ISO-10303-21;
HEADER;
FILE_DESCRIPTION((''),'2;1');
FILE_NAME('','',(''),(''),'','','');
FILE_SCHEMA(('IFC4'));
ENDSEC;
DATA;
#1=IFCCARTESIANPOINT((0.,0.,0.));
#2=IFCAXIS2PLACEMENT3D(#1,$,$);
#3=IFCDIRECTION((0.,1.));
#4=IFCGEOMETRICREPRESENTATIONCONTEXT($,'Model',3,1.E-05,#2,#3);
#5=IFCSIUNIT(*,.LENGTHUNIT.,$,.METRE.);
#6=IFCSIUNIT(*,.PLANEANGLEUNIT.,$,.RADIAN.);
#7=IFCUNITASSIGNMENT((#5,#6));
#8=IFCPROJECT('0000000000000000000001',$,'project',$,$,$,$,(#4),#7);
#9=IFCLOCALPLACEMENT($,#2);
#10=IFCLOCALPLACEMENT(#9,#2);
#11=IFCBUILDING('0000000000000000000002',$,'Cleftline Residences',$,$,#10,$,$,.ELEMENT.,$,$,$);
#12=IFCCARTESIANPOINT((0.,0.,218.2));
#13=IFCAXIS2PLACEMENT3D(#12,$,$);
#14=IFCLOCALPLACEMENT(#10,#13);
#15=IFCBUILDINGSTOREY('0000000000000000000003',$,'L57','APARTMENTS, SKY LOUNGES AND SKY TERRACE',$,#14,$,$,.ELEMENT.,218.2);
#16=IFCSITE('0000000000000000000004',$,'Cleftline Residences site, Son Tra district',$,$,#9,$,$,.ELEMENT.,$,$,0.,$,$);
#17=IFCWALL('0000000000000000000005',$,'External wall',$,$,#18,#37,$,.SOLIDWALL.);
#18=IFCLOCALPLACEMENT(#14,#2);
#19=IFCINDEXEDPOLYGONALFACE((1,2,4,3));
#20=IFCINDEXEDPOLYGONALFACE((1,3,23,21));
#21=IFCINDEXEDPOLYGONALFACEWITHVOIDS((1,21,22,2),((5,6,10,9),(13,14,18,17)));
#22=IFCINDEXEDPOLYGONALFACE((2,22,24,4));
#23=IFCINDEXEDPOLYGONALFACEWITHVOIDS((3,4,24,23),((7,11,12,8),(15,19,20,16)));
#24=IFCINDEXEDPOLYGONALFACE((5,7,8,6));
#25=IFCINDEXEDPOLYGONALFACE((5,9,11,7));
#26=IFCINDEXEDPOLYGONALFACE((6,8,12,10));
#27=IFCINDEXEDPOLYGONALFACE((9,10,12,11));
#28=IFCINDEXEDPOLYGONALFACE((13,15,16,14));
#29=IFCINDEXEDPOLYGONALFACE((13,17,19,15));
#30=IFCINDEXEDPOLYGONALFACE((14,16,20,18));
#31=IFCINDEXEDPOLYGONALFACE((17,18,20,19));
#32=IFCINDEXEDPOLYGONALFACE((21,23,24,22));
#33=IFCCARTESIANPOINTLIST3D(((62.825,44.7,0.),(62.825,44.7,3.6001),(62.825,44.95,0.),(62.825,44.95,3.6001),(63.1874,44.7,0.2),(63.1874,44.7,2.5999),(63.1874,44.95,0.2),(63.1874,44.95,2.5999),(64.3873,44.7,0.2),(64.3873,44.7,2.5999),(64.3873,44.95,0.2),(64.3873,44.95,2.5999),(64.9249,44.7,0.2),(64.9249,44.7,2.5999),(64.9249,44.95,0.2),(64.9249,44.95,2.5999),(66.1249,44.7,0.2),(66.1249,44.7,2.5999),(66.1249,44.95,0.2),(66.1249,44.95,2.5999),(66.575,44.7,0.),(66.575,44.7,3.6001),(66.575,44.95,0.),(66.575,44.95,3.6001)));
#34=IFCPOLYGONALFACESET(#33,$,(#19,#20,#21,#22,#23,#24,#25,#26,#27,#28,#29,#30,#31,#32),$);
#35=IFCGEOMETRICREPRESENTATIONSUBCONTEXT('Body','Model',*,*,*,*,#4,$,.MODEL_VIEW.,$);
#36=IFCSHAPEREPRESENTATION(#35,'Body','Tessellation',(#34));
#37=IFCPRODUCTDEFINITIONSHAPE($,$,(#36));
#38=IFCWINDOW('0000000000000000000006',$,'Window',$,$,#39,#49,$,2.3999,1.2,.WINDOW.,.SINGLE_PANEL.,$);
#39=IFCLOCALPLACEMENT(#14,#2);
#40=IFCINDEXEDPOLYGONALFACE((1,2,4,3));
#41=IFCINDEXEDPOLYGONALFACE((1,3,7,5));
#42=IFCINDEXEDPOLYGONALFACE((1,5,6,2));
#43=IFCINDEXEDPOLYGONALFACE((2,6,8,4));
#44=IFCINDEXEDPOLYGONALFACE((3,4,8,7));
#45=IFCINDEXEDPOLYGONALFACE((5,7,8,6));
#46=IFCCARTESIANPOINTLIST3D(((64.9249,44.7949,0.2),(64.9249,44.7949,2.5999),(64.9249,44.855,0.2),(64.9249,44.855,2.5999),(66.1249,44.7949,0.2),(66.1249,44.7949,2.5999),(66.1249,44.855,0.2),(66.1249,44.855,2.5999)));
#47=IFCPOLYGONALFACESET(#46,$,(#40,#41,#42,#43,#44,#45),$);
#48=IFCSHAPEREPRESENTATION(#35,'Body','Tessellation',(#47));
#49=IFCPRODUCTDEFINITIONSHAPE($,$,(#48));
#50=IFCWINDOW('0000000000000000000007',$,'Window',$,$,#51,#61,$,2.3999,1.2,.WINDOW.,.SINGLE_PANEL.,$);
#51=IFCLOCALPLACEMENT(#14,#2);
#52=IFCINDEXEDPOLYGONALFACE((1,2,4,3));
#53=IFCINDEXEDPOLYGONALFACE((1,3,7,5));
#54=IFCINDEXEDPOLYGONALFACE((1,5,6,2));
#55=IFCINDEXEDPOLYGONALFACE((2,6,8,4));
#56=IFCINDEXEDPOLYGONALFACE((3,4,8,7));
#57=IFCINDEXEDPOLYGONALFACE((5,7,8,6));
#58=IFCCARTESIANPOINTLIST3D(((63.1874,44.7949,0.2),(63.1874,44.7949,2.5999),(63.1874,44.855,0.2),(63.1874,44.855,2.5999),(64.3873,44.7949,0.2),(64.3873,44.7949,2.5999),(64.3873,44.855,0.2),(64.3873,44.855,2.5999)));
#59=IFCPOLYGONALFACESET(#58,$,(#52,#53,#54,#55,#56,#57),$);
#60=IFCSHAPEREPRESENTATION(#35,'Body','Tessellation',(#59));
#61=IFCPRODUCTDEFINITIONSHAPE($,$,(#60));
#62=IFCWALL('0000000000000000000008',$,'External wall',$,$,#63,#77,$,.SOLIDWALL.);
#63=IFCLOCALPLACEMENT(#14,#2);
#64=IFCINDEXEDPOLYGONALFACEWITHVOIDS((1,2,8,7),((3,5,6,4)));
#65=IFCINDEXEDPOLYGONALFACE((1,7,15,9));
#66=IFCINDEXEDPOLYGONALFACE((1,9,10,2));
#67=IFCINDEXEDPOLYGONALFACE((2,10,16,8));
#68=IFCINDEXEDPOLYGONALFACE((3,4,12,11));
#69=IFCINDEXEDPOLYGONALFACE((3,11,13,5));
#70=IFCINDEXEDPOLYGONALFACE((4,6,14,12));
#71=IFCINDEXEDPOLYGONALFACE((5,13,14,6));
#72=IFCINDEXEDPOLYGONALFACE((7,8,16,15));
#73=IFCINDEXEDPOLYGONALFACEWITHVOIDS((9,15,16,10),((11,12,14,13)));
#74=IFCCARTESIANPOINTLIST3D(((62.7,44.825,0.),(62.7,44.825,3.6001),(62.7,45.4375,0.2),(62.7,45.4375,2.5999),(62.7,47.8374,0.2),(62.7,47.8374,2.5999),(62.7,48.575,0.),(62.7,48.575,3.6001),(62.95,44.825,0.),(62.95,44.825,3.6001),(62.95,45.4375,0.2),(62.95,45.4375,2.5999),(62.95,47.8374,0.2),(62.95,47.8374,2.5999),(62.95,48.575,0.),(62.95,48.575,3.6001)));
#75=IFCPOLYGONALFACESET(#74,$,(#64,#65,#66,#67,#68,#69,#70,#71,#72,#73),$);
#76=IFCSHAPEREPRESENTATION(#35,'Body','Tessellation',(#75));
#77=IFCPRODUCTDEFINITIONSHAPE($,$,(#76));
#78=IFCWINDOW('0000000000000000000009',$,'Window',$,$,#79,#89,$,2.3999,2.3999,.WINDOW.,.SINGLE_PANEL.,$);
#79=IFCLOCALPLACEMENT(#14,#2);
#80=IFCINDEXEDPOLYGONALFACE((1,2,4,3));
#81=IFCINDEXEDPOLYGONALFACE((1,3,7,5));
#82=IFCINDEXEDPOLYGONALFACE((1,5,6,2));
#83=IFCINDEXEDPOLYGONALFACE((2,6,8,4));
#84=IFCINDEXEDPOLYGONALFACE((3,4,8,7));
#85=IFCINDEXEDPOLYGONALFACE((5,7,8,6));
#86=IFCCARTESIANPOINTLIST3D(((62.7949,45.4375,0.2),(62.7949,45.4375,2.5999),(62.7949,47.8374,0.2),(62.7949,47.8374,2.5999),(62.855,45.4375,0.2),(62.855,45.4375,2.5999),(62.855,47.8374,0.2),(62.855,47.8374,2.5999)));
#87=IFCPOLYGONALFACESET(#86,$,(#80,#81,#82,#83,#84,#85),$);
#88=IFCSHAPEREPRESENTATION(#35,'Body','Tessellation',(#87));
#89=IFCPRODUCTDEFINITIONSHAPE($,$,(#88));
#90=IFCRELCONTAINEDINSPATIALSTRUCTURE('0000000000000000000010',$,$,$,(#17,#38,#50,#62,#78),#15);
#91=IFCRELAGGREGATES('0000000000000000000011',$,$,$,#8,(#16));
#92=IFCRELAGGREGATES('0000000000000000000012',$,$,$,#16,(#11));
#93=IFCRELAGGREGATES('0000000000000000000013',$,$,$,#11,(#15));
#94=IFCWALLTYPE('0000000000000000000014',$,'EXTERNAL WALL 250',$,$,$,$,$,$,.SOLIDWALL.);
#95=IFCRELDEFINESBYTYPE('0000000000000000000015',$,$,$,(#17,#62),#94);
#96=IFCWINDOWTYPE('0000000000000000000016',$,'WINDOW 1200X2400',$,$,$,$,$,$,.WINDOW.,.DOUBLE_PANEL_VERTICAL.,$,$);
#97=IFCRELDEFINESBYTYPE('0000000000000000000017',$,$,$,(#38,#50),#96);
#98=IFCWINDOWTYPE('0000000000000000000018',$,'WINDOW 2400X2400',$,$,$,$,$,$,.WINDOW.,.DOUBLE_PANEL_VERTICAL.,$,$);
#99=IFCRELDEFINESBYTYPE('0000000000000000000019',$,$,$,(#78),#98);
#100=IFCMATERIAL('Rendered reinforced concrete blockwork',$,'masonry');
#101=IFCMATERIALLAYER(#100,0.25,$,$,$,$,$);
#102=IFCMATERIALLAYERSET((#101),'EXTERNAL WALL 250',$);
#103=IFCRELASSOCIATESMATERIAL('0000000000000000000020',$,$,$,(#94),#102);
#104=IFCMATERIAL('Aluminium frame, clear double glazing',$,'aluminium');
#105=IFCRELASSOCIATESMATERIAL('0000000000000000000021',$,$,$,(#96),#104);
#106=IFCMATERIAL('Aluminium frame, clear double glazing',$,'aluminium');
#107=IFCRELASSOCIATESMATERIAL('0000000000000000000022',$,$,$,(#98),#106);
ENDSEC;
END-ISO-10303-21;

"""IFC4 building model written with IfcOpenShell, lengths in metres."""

from ifc_helpers import new_model, si_unit, direction, frame, frame_2d, origin, place, context, subcontext, project, spatial, rectangle, extrude, material, layer, layer_set, type_object, element, fill, save


model = new_model("IFC4")

# Units and contexts
model_context = context("Model", 3, precision=1e-05, world=origin(), true_north=direction((0.0, 1.0)))
body_context = subcontext(model_context, "Body", "Model", "MODEL_VIEW")
ifc_project = project(units=[si_unit("LENGTHUNIT", "METRE"), si_unit("PLANEANGLEUNIT", "RADIAN")], contexts=[model_context])

# Site, building, storey
site_placement = place(None, origin())
site = spatial("IfcSite", under=ifc_project, at=site_placement, Name="Cleftline Residences site, Son Tra district", CompositionType="ELEMENT", RefElevation=0.0)
building_placement = place(site_placement, origin())
building = spatial("IfcBuilding", under=site, at=building_placement, Name="Cleftline Residences", CompositionType="ELEMENT")
storey_placement = place(building_placement, frame((0.0, 0.0, 218.2)))
storey = spatial("IfcBuildingStorey", under=building, at=storey_placement, Name="L57", Description="APARTMENTS, SKY LOUNGES AND SKY TERRACE", CompositionType="ELEMENT", Elevation=218.2)

# Wall, openings, windows
ifc_material_1 = material(Name="Rendered reinforced concrete blockwork", Category="masonry")
ifc_layer_1 = layer(ifc_material_1, 0.25)
ifc_layer_set_1 = layer_set([ifc_layer_1], Name="EXTERNAL WALL 250")
wall_type_1 = type_object("IfcWallType", Name="EXTERNAL WALL 250", PredefinedType="SOLIDWALL", material=ifc_layer_set_1)
wall_1_placement = place(storey_placement, frame((66.575, 44.825, 0.0), z_axis=(0.0, 0.0, 1.0), x_axis=(-1.0, 0.0, 0.0)))
wall_1 = element("IfcWall", 1, at=wall_1_placement, inside=storey, type_object=wall_type_1, Name="External wall", PredefinedType="SOLIDWALL", context=body_context, shape_type="SweptSolid", body=[
    extrude(rectangle(XDim=3.75, YDim=0.25, at=frame_2d((1.875, 0.0))), origin(), (0.0, 0.0, 1.0), 3.6001),
])
opening_1_placement = place(wall_1_placement, frame((0.45, 0.0, 0.2)))
opening_1 = element("IfcOpeningElement", 2, at=opening_1_placement, cuts=wall_1, PredefinedType="OPENING", context=body_context, shape_type="SweptSolid", body=[
    extrude(rectangle(XDim=1.2, YDim=2.3999, at=frame_2d((0.6001, 1.2))), frame((0.0, 0.135, 0.0), z_axis=(0.0, -1.0, 0.0), x_axis=(1.0, 0.0, 0.0)), (0.0, 0.0, 1.0), 0.27),
])
opening_2_placement = place(wall_1_placement, frame((2.1875, 0.0, 0.2)))
opening_2 = element("IfcOpeningElement", 3, at=opening_2_placement, cuts=wall_1, PredefinedType="OPENING", context=body_context, shape_type="SweptSolid", body=[
    extrude(rectangle(XDim=1.2, YDim=2.3999, at=frame_2d((0.6001, 1.2))), frame((0.0, 0.135, 0.0), z_axis=(0.0, -1.0, 0.0), x_axis=(1.0, 0.0, 0.0)), (0.0, 0.0, 1.0), 0.27),
])
ifc_material_2 = material(Name="Aluminium frame, clear double glazing", Category="aluminium")
window_type_1 = type_object("IfcWindowType", Name="WINDOW 1200X2400", PartitioningType="DOUBLE_PANEL_VERTICAL", PredefinedType="WINDOW", material=ifc_material_2)
window_1_placement = place(opening_1_placement, origin())
window_1 = element("IfcWindow", 4, at=window_1_placement, inside=storey, type_object=window_type_1, Name="Window", OverallHeight=2.3999, OverallWidth=1.2, PartitioningType="SINGLE_PANEL", PredefinedType="WINDOW", context=body_context, shape_type="SweptSolid", body=[
    extrude(rectangle(XDim=1.2, YDim=2.3999, at=frame_2d((0.6001, 1.2))), frame((0.0, 0.03, 0.0), z_axis=(0.0, -1.0, 0.0), x_axis=(1.0, 0.0, 0.0)), (0.0, 0.0, 1.0), 0.0601),
])
fill(opening_1, window_1)
window_2_placement = place(opening_2_placement, origin())
window_2 = element("IfcWindow", 5, at=window_2_placement, inside=storey, type_object=window_type_1, Name="Window", OverallHeight=2.3999, OverallWidth=1.2, PartitioningType="SINGLE_PANEL", PredefinedType="WINDOW", context=body_context, shape_type="SweptSolid", body=[
    extrude(rectangle(XDim=1.2, YDim=2.3999, at=frame_2d((0.6001, 1.2))), frame((0.0, 0.03, 0.0), z_axis=(0.0, -1.0, 0.0), x_axis=(1.0, 0.0, 0.0)), (0.0, 0.0, 1.0), 0.0601),
])
fill(opening_2, window_2)

# Wall, opening, window
wall_2_placement = place(storey_placement, frame((62.825, 44.825, 0.0), z_axis=(0.0, 0.0, 1.0), x_axis=(0.0, 1.0, 0.0)))
wall_2 = element("IfcWall", 6, at=wall_2_placement, inside=storey, type_object=wall_type_1, Name="External wall", PredefinedType="SOLIDWALL", context=body_context, shape_type="SweptSolid", body=[
    extrude(rectangle(XDim=3.75, YDim=0.25, at=frame_2d((1.875, 0.0))), origin(), (0.0, 0.0, 1.0), 3.6001),
])
opening_3_placement = place(wall_2_placement, frame((0.6125, 0.0, 0.2)))
opening_3 = element("IfcOpeningElement", 7, at=opening_3_placement, cuts=wall_2, PredefinedType="OPENING", context=body_context, shape_type="SweptSolid", body=[
    extrude(rectangle(XDim=2.3999, YDim=2.3999, at=frame_2d((1.2, 1.2))), frame((0.0, 0.135, 0.0), z_axis=(0.0, -1.0, 0.0), x_axis=(1.0, 0.0, 0.0)), (0.0, 0.0, 1.0), 0.27),
])
ifc_material_3 = material(Name="Aluminium frame, clear double glazing", Category="aluminium")
window_type_2 = type_object("IfcWindowType", Name="WINDOW 2400X2400", PartitioningType="DOUBLE_PANEL_VERTICAL", PredefinedType="WINDOW", material=ifc_material_3)
window_3_placement = place(opening_3_placement, origin())
window_3 = element("IfcWindow", 8, at=window_3_placement, inside=storey, type_object=window_type_2, Name="Window", OverallHeight=2.3999, OverallWidth=2.3999, PartitioningType="SINGLE_PANEL", PredefinedType="WINDOW", context=body_context, shape_type="SweptSolid", body=[
    extrude(rectangle(XDim=2.3999, YDim=2.3999, at=frame_2d((1.2, 1.2))), frame((0.0, 0.03, 0.0), z_axis=(0.0, -1.0, 0.0), x_axis=(1.0, 0.0, 0.0)), (0.0, 0.0, 1.0), 0.0601),
])
fill(opening_3, window_3)

save(model, "model.ifc")
